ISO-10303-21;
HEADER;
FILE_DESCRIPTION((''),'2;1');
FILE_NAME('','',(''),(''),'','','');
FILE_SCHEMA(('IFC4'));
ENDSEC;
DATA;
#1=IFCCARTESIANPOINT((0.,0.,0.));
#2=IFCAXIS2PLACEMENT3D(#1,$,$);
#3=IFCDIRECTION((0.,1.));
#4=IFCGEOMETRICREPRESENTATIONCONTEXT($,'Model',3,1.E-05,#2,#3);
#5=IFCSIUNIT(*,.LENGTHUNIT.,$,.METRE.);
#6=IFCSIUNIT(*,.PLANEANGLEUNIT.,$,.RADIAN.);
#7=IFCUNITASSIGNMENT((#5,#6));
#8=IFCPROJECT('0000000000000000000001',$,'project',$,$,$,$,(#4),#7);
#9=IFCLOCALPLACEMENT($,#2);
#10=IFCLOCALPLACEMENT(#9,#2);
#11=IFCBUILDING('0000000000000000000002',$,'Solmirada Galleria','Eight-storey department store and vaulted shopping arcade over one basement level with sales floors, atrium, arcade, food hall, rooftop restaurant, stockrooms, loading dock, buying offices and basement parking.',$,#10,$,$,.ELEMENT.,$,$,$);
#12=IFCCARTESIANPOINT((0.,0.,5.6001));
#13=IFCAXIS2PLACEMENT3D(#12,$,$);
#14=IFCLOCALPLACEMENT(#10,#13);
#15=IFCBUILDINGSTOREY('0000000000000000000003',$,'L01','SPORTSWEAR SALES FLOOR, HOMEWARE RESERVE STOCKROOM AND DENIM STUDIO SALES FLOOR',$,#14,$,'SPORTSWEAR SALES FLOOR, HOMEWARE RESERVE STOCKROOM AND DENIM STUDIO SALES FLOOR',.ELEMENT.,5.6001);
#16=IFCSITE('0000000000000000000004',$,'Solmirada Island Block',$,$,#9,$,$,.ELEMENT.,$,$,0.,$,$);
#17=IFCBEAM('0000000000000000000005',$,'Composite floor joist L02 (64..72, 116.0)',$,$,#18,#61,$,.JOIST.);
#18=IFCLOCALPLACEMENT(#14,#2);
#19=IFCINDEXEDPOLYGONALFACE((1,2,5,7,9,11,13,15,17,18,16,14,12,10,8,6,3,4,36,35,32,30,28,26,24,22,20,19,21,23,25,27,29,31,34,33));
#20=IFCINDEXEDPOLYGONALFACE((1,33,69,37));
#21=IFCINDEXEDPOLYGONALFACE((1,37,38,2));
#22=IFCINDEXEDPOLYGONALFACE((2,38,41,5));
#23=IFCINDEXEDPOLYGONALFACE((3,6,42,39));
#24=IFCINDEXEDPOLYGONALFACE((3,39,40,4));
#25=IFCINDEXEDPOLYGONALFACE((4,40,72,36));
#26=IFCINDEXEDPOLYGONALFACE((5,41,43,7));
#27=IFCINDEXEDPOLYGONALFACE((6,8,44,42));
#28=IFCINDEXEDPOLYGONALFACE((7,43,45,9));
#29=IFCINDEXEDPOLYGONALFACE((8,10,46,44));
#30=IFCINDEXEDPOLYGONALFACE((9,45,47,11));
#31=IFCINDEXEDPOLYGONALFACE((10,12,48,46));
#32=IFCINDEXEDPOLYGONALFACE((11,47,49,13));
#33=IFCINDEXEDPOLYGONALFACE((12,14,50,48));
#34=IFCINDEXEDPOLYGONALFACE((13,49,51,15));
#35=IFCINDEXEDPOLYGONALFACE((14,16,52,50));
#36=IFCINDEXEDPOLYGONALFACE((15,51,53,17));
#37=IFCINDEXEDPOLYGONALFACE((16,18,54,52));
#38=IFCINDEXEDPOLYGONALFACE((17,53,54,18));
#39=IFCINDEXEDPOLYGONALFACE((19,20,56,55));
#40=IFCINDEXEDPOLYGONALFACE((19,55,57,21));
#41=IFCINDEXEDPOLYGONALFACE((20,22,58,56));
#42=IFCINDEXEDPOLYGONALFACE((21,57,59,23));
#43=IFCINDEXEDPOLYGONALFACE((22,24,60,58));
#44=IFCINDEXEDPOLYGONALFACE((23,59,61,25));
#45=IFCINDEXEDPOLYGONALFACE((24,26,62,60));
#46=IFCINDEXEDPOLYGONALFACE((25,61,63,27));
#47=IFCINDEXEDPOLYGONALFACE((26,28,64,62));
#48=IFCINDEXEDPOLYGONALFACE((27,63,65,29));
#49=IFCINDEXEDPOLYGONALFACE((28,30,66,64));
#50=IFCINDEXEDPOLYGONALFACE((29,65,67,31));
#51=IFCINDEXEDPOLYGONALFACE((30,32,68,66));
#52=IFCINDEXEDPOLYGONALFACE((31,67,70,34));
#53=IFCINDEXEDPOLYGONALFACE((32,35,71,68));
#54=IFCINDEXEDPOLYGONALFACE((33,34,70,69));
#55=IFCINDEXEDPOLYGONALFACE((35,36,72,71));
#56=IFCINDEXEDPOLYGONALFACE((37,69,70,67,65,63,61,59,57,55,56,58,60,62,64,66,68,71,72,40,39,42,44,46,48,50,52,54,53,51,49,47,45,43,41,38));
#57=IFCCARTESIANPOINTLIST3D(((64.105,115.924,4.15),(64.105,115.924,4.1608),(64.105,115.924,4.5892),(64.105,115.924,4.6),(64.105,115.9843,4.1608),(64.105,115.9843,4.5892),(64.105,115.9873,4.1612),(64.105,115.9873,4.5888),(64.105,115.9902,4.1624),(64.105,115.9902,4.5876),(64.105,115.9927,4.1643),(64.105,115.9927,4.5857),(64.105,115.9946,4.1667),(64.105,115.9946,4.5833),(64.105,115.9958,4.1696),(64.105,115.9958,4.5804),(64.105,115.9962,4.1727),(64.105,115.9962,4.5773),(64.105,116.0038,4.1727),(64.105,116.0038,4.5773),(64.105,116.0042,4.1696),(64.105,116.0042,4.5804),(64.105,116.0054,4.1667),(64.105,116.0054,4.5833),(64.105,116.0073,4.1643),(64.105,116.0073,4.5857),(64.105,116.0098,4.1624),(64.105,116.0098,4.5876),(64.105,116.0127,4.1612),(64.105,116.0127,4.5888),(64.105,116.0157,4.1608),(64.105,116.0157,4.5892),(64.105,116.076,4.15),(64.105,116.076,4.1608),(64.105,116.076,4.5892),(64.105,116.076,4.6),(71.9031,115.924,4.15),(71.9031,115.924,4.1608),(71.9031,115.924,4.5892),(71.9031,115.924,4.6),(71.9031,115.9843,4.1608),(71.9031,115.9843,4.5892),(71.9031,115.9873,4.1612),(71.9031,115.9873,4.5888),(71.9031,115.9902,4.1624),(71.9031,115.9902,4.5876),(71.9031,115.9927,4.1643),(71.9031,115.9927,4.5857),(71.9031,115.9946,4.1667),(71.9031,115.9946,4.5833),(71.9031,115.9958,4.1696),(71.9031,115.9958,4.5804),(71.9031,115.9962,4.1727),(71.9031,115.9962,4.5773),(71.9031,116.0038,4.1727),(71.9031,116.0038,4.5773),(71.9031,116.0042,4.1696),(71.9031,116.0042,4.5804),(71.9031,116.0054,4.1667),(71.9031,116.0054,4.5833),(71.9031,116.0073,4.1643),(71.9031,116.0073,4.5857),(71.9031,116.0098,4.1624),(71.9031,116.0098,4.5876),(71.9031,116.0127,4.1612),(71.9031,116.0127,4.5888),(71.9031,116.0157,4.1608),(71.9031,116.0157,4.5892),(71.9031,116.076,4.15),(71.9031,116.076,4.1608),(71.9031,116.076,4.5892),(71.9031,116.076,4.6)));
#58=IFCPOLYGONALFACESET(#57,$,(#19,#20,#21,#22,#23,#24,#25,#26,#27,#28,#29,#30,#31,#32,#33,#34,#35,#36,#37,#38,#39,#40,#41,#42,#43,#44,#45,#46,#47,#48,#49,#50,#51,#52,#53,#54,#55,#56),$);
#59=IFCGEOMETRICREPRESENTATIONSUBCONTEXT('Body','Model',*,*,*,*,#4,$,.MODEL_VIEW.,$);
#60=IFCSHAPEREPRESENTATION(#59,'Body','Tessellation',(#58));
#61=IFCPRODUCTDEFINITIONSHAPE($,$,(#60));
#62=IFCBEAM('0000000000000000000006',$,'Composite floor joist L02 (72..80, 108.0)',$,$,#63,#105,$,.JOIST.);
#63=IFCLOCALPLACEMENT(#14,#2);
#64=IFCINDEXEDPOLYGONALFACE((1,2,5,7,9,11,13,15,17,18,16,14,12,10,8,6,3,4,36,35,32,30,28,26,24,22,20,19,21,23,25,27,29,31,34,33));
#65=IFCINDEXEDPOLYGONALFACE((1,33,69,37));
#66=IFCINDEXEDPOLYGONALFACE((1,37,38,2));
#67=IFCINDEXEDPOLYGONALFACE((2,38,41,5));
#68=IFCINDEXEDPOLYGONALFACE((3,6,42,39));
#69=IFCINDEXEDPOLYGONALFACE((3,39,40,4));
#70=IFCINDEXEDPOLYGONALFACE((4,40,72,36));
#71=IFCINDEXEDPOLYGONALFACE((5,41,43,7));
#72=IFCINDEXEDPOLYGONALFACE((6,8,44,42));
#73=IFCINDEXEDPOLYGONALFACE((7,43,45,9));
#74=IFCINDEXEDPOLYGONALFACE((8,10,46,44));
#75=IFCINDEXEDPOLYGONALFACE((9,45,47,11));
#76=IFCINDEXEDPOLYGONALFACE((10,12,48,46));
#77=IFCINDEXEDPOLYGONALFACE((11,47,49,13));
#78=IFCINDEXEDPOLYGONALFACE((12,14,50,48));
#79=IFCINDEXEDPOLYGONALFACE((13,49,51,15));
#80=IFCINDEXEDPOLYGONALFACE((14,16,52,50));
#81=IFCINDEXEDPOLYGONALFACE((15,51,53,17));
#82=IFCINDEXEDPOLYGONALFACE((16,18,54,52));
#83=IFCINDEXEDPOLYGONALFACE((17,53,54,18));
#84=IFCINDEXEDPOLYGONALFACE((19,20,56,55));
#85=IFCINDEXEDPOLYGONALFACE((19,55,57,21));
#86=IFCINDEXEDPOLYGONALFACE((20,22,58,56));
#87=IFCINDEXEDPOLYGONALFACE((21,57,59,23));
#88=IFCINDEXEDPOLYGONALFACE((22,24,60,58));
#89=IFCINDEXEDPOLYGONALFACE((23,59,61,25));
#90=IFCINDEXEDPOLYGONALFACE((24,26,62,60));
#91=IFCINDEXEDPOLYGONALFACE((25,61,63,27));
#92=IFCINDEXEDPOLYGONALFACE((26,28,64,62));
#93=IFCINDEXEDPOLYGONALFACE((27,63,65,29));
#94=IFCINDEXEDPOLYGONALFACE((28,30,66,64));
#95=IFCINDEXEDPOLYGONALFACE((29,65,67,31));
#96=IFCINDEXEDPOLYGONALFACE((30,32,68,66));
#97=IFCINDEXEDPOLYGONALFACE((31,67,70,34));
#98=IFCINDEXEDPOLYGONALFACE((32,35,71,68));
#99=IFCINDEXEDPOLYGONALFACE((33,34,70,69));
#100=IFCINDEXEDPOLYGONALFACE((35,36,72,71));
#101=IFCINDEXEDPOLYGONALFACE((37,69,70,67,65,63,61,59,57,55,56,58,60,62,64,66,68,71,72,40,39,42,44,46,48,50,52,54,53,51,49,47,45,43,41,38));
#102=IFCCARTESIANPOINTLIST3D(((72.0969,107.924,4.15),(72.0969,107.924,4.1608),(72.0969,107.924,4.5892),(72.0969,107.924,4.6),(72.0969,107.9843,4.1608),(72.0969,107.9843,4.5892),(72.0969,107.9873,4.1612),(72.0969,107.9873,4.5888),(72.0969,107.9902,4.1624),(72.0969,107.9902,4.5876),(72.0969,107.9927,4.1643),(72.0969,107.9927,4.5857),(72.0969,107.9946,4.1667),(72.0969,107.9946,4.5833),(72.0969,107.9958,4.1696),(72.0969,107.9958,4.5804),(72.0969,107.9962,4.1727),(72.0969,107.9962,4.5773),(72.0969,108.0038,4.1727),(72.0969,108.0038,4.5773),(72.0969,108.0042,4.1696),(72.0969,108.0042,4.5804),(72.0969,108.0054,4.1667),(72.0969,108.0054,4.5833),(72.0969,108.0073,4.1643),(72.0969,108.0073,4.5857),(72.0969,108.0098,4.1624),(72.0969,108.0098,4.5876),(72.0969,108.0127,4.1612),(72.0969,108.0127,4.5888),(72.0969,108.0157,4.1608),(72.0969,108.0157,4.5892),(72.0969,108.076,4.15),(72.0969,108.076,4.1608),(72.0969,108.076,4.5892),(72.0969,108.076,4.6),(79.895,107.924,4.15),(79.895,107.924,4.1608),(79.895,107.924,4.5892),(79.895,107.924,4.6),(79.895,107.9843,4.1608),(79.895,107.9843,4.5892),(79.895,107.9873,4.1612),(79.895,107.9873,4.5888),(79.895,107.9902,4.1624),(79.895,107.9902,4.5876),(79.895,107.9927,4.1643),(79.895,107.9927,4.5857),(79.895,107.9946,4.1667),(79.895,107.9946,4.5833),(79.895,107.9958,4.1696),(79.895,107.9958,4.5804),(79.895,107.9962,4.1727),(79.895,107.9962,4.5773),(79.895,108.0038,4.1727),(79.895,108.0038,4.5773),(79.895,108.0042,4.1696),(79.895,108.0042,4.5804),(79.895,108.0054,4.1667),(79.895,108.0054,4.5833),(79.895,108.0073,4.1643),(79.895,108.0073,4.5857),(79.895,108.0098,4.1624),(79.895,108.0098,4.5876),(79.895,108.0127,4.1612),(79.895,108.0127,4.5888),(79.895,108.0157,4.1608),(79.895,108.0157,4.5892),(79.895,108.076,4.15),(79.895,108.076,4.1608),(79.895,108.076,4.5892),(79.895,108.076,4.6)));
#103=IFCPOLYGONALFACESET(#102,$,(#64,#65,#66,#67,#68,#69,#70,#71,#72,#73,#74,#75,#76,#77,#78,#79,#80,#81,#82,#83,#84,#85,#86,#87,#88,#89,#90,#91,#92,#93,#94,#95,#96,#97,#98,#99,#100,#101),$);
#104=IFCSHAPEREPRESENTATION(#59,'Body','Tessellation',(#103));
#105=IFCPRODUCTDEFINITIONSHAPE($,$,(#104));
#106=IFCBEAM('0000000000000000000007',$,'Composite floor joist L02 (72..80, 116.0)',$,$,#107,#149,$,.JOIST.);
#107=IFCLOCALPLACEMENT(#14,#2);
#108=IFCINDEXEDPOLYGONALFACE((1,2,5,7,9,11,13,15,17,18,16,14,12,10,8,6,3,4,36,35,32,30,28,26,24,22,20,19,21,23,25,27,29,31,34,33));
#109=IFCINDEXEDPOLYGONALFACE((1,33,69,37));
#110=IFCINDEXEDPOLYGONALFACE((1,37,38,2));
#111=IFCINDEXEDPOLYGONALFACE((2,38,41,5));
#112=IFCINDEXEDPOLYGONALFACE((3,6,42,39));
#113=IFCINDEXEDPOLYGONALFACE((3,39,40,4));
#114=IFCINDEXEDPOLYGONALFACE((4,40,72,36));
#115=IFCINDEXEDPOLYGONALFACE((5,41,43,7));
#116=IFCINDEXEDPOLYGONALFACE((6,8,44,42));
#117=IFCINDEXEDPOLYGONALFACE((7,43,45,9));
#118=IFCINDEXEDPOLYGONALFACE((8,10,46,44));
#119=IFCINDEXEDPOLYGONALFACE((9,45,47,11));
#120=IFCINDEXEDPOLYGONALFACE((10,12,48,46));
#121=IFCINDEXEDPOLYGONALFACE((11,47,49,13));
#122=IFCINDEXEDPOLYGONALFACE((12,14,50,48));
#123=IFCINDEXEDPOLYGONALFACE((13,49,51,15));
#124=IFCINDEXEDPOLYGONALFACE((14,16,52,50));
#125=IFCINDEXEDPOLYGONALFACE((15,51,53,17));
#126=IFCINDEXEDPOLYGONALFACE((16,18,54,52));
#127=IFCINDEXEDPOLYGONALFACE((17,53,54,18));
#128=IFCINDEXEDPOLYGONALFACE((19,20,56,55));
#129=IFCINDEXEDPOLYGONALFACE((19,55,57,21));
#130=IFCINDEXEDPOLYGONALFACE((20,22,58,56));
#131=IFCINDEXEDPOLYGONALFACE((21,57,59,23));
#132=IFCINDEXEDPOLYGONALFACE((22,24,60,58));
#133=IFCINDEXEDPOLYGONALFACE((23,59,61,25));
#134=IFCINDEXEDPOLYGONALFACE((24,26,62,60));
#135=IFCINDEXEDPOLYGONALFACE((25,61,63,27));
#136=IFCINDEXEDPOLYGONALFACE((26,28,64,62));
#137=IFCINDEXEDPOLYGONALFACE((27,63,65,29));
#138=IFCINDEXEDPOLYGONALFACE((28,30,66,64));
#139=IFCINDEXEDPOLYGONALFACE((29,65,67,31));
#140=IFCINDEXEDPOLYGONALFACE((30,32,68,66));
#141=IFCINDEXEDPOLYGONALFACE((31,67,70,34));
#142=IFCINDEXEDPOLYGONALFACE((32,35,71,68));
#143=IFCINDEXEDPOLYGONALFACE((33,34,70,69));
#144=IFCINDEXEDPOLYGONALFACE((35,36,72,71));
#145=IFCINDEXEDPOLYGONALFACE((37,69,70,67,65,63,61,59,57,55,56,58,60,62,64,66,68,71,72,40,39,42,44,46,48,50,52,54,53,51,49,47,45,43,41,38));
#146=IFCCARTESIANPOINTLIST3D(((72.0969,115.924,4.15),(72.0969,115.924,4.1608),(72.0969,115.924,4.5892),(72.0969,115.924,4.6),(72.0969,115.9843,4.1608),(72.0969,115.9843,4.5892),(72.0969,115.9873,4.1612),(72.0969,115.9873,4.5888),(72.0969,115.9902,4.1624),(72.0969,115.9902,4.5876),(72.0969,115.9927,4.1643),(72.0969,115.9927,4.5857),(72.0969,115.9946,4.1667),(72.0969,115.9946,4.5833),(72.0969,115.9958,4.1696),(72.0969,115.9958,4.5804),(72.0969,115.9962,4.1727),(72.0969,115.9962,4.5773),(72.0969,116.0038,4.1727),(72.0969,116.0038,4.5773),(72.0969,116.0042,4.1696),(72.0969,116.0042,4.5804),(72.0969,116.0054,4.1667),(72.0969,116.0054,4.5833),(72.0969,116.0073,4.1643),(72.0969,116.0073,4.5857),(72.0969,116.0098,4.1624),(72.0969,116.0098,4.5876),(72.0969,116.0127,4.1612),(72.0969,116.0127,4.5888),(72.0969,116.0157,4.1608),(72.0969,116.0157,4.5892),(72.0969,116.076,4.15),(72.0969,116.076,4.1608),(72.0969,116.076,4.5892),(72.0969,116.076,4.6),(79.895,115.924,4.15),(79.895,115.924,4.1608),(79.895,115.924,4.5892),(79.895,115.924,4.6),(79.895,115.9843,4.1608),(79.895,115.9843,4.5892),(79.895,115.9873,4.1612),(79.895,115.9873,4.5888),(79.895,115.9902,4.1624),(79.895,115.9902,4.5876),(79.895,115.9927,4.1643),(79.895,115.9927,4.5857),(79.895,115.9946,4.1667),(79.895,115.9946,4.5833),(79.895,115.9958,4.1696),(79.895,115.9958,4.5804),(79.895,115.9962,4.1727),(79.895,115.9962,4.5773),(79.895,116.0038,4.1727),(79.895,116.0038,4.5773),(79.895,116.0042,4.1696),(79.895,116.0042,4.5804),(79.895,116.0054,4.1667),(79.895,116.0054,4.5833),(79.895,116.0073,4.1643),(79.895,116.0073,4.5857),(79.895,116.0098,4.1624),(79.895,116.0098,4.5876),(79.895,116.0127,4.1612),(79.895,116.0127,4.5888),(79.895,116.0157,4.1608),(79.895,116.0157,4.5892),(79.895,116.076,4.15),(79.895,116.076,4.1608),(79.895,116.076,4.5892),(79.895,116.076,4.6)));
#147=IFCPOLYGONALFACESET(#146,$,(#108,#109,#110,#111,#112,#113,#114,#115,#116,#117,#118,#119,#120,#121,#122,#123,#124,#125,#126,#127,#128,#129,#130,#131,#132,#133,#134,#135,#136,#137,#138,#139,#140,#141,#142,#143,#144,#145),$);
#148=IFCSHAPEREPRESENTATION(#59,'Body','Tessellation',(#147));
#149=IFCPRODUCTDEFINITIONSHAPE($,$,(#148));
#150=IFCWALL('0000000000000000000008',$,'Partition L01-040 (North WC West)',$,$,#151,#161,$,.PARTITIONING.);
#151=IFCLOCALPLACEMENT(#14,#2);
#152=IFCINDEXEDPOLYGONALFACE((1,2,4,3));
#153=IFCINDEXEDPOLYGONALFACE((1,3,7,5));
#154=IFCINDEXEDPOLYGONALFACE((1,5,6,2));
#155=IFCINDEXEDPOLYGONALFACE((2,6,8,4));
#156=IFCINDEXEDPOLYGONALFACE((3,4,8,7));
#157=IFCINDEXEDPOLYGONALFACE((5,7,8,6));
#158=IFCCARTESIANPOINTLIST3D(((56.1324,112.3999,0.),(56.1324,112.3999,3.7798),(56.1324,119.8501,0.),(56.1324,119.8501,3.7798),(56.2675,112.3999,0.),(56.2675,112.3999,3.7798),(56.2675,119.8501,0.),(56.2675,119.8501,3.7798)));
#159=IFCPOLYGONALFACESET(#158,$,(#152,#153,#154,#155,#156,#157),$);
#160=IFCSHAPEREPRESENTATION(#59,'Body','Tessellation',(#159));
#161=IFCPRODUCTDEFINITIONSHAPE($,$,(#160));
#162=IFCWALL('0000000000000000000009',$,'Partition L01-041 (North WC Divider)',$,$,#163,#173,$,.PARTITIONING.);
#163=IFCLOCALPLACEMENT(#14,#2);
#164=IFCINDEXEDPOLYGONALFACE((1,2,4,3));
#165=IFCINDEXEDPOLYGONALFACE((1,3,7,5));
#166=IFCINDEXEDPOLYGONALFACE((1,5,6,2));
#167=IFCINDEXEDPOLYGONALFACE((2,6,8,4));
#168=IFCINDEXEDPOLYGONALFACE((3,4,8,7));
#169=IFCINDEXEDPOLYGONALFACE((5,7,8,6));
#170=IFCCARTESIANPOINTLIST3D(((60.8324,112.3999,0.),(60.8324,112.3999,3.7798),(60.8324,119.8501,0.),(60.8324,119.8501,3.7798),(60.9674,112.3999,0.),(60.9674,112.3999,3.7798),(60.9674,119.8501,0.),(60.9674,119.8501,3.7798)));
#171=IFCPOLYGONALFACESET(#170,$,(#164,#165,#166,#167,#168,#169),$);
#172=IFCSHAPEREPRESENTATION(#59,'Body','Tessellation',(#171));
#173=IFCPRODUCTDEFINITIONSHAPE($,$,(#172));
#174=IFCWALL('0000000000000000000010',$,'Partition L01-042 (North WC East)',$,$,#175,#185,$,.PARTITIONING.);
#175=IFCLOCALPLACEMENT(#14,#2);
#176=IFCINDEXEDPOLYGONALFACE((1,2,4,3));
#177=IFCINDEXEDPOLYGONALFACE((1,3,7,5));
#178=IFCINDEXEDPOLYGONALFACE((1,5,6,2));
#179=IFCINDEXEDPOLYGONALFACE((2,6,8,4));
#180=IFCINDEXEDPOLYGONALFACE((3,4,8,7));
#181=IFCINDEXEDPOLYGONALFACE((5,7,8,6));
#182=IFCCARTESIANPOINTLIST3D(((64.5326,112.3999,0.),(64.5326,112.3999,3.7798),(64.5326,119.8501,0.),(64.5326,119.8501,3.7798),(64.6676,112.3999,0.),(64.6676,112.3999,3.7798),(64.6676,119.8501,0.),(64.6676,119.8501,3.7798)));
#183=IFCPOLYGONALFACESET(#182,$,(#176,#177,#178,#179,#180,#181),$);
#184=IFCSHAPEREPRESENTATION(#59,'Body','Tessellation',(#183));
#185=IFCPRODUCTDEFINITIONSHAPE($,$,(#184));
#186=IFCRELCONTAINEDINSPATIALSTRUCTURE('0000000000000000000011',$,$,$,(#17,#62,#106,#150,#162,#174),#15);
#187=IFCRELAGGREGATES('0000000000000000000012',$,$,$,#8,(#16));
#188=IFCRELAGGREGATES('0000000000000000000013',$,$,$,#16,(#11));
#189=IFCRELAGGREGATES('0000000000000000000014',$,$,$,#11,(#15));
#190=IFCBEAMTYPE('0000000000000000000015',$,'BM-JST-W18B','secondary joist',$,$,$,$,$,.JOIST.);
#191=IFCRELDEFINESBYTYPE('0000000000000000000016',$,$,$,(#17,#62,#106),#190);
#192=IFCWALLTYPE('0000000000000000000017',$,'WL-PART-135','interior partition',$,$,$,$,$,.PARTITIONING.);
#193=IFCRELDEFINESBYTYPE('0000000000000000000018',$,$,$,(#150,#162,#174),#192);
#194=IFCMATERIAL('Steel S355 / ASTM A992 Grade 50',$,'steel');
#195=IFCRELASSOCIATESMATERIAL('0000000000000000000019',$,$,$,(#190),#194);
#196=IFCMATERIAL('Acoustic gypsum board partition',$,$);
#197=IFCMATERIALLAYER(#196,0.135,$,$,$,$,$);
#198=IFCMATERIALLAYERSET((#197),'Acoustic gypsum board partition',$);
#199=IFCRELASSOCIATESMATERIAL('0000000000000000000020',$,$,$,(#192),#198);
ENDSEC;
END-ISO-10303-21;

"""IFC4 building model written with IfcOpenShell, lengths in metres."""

from ifc_helpers import new_model, si_unit, direction, frame, frame_2d, origin, origin_2d, place, context, subcontext, project, spatial, rectangle, i_section, extrude, material, layer, layer_set, material_profile, profile_set, type_object, element, save


model = new_model("IFC4")

# Units and contexts
model_context = context("Model", 3, precision=1e-05, world=origin(), true_north=direction((0.0, 1.0)))
body_context = subcontext(model_context, "Body", "Model", "MODEL_VIEW")
ifc_project = project(units=[si_unit("LENGTHUNIT", "METRE"), si_unit("PLANEANGLEUNIT", "RADIAN")], contexts=[model_context])

# Site, building, storey
site_placement = place(None, origin())
site = spatial("IfcSite", under=ifc_project, at=site_placement, Name="Solmirada Island Block", CompositionType="ELEMENT", RefElevation=0.0)
building_placement = place(site_placement, origin())
building = spatial("IfcBuilding", under=site, at=building_placement, Name="Solmirada Galleria", Description="Eight-storey department store and vaulted shopping arcade over one basement level with sales floors, atrium, arcade, food hall, rooftop restaurant, stockrooms, loading dock, buying offices and basement parking.", CompositionType="ELEMENT")
storey_placement = place(building_placement, frame((0.0, 0.0, 5.6001)))
storey = spatial("IfcBuildingStorey", under=building, at=storey_placement, Name="L01", Description="SPORTSWEAR SALES FLOOR, HOMEWARE RESERVE STOCKROOM AND DENIM STUDIO SALES FLOOR", LongName="SPORTSWEAR SALES FLOOR, HOMEWARE RESERVE STOCKROOM AND DENIM STUDIO SALES FLOOR", CompositionType="ELEMENT", Elevation=5.6001)

# Beams
ifc_material_1 = material(Name="Steel S355 / ASTM A992 Grade 50", Category="steel")
ifc_material_profile_1 = material_profile(ifc_material_1, i_section(OverallWidth=0.1521, OverallDepth=0.45, WebThickness=0.0076, FlangeThickness=0.0107, FilletRadius=0.012, at=origin_2d()), Name="W18X35")
ifc_profile_set_1 = profile_set([ifc_material_profile_1], Name="Steel S355 / ASTM A992 Grade 50")
beam_type_1 = type_object("IfcBeamType", Name="BM-JST-W18B", Description="secondary joist", PredefinedType="JOIST", material=ifc_profile_set_1)
for number, where, z_axis, x_axis, name in (
    (1, (64.105, 116.0, 4.375), (1.0, 0.0, 0.0), (0.0, 1.0, 0.0), "Composite floor joist L02 (64..72, 116.0)"),
    (2, (72.0969, 108.0, 4.375), (1.0, 0.0, 0.0), (0.0, 1.0, 0.0), "Composite floor joist L02 (72..80, 108.0)"),
    (3, (72.0969, 116.0, 4.375), (1.0, 0.0, 0.0), (0.0, 1.0, 0.0), "Composite floor joist L02 (72..80, 116.0)"),
):
    element("IfcBeam", number, at=place(storey_placement, frame(where, z_axis=z_axis, x_axis=x_axis)), inside=storey, type_object=beam_type_1, Name=name, PredefinedType="JOIST", context=body_context, shape_type="SweptSolid", body=[
        extrude(i_section(OverallWidth=0.1521, OverallDepth=0.45, WebThickness=0.0076, FlangeThickness=0.0107, FilletRadius=0.012, at=origin_2d()), origin(), (0.0, 0.0, 1.0), 7.7981),
    ])

# Walls
ifc_material_2 = material(Name="Acoustic gypsum board partition")
ifc_layer_1 = layer(ifc_material_2, 0.135)
ifc_layer_set_1 = layer_set([ifc_layer_1], Name="Acoustic gypsum board partition")
wall_type_1 = type_object("IfcWallType", Name="WL-PART-135", Description="interior partition", PredefinedType="PARTITIONING", material=ifc_layer_set_1)
for number, where, z_axis, x_axis, name in (
    (4, (56.2, 112.3999, 0.0), (0.0, 0.0, 1.0), (0.0, 1.0, 0.0), "Partition L01-040 (North WC West)"),
    (5, (60.8999, 112.3999, 0.0), (0.0, 0.0, 1.0), (0.0, 1.0, 0.0), "Partition L01-041 (North WC Divider)"),
    (6, (64.6001, 112.3999, 0.0), (0.0, 0.0, 1.0), (0.0, 1.0, 0.0), "Partition L01-042 (North WC East)"),
):
    element("IfcWall", number, at=place(storey_placement, frame(where, z_axis=z_axis, x_axis=x_axis)), inside=storey, type_object=wall_type_1, Name=name, PredefinedType="PARTITIONING", context=body_context, shape_type="SweptSolid", body=[
        extrude(rectangle(XDim=7.4502, YDim=0.135, at=frame_2d((3.7251, 0.0))), origin(), (0.0, 0.0, 1.0), 3.7798),
    ])

save(model, "model.ifc")
